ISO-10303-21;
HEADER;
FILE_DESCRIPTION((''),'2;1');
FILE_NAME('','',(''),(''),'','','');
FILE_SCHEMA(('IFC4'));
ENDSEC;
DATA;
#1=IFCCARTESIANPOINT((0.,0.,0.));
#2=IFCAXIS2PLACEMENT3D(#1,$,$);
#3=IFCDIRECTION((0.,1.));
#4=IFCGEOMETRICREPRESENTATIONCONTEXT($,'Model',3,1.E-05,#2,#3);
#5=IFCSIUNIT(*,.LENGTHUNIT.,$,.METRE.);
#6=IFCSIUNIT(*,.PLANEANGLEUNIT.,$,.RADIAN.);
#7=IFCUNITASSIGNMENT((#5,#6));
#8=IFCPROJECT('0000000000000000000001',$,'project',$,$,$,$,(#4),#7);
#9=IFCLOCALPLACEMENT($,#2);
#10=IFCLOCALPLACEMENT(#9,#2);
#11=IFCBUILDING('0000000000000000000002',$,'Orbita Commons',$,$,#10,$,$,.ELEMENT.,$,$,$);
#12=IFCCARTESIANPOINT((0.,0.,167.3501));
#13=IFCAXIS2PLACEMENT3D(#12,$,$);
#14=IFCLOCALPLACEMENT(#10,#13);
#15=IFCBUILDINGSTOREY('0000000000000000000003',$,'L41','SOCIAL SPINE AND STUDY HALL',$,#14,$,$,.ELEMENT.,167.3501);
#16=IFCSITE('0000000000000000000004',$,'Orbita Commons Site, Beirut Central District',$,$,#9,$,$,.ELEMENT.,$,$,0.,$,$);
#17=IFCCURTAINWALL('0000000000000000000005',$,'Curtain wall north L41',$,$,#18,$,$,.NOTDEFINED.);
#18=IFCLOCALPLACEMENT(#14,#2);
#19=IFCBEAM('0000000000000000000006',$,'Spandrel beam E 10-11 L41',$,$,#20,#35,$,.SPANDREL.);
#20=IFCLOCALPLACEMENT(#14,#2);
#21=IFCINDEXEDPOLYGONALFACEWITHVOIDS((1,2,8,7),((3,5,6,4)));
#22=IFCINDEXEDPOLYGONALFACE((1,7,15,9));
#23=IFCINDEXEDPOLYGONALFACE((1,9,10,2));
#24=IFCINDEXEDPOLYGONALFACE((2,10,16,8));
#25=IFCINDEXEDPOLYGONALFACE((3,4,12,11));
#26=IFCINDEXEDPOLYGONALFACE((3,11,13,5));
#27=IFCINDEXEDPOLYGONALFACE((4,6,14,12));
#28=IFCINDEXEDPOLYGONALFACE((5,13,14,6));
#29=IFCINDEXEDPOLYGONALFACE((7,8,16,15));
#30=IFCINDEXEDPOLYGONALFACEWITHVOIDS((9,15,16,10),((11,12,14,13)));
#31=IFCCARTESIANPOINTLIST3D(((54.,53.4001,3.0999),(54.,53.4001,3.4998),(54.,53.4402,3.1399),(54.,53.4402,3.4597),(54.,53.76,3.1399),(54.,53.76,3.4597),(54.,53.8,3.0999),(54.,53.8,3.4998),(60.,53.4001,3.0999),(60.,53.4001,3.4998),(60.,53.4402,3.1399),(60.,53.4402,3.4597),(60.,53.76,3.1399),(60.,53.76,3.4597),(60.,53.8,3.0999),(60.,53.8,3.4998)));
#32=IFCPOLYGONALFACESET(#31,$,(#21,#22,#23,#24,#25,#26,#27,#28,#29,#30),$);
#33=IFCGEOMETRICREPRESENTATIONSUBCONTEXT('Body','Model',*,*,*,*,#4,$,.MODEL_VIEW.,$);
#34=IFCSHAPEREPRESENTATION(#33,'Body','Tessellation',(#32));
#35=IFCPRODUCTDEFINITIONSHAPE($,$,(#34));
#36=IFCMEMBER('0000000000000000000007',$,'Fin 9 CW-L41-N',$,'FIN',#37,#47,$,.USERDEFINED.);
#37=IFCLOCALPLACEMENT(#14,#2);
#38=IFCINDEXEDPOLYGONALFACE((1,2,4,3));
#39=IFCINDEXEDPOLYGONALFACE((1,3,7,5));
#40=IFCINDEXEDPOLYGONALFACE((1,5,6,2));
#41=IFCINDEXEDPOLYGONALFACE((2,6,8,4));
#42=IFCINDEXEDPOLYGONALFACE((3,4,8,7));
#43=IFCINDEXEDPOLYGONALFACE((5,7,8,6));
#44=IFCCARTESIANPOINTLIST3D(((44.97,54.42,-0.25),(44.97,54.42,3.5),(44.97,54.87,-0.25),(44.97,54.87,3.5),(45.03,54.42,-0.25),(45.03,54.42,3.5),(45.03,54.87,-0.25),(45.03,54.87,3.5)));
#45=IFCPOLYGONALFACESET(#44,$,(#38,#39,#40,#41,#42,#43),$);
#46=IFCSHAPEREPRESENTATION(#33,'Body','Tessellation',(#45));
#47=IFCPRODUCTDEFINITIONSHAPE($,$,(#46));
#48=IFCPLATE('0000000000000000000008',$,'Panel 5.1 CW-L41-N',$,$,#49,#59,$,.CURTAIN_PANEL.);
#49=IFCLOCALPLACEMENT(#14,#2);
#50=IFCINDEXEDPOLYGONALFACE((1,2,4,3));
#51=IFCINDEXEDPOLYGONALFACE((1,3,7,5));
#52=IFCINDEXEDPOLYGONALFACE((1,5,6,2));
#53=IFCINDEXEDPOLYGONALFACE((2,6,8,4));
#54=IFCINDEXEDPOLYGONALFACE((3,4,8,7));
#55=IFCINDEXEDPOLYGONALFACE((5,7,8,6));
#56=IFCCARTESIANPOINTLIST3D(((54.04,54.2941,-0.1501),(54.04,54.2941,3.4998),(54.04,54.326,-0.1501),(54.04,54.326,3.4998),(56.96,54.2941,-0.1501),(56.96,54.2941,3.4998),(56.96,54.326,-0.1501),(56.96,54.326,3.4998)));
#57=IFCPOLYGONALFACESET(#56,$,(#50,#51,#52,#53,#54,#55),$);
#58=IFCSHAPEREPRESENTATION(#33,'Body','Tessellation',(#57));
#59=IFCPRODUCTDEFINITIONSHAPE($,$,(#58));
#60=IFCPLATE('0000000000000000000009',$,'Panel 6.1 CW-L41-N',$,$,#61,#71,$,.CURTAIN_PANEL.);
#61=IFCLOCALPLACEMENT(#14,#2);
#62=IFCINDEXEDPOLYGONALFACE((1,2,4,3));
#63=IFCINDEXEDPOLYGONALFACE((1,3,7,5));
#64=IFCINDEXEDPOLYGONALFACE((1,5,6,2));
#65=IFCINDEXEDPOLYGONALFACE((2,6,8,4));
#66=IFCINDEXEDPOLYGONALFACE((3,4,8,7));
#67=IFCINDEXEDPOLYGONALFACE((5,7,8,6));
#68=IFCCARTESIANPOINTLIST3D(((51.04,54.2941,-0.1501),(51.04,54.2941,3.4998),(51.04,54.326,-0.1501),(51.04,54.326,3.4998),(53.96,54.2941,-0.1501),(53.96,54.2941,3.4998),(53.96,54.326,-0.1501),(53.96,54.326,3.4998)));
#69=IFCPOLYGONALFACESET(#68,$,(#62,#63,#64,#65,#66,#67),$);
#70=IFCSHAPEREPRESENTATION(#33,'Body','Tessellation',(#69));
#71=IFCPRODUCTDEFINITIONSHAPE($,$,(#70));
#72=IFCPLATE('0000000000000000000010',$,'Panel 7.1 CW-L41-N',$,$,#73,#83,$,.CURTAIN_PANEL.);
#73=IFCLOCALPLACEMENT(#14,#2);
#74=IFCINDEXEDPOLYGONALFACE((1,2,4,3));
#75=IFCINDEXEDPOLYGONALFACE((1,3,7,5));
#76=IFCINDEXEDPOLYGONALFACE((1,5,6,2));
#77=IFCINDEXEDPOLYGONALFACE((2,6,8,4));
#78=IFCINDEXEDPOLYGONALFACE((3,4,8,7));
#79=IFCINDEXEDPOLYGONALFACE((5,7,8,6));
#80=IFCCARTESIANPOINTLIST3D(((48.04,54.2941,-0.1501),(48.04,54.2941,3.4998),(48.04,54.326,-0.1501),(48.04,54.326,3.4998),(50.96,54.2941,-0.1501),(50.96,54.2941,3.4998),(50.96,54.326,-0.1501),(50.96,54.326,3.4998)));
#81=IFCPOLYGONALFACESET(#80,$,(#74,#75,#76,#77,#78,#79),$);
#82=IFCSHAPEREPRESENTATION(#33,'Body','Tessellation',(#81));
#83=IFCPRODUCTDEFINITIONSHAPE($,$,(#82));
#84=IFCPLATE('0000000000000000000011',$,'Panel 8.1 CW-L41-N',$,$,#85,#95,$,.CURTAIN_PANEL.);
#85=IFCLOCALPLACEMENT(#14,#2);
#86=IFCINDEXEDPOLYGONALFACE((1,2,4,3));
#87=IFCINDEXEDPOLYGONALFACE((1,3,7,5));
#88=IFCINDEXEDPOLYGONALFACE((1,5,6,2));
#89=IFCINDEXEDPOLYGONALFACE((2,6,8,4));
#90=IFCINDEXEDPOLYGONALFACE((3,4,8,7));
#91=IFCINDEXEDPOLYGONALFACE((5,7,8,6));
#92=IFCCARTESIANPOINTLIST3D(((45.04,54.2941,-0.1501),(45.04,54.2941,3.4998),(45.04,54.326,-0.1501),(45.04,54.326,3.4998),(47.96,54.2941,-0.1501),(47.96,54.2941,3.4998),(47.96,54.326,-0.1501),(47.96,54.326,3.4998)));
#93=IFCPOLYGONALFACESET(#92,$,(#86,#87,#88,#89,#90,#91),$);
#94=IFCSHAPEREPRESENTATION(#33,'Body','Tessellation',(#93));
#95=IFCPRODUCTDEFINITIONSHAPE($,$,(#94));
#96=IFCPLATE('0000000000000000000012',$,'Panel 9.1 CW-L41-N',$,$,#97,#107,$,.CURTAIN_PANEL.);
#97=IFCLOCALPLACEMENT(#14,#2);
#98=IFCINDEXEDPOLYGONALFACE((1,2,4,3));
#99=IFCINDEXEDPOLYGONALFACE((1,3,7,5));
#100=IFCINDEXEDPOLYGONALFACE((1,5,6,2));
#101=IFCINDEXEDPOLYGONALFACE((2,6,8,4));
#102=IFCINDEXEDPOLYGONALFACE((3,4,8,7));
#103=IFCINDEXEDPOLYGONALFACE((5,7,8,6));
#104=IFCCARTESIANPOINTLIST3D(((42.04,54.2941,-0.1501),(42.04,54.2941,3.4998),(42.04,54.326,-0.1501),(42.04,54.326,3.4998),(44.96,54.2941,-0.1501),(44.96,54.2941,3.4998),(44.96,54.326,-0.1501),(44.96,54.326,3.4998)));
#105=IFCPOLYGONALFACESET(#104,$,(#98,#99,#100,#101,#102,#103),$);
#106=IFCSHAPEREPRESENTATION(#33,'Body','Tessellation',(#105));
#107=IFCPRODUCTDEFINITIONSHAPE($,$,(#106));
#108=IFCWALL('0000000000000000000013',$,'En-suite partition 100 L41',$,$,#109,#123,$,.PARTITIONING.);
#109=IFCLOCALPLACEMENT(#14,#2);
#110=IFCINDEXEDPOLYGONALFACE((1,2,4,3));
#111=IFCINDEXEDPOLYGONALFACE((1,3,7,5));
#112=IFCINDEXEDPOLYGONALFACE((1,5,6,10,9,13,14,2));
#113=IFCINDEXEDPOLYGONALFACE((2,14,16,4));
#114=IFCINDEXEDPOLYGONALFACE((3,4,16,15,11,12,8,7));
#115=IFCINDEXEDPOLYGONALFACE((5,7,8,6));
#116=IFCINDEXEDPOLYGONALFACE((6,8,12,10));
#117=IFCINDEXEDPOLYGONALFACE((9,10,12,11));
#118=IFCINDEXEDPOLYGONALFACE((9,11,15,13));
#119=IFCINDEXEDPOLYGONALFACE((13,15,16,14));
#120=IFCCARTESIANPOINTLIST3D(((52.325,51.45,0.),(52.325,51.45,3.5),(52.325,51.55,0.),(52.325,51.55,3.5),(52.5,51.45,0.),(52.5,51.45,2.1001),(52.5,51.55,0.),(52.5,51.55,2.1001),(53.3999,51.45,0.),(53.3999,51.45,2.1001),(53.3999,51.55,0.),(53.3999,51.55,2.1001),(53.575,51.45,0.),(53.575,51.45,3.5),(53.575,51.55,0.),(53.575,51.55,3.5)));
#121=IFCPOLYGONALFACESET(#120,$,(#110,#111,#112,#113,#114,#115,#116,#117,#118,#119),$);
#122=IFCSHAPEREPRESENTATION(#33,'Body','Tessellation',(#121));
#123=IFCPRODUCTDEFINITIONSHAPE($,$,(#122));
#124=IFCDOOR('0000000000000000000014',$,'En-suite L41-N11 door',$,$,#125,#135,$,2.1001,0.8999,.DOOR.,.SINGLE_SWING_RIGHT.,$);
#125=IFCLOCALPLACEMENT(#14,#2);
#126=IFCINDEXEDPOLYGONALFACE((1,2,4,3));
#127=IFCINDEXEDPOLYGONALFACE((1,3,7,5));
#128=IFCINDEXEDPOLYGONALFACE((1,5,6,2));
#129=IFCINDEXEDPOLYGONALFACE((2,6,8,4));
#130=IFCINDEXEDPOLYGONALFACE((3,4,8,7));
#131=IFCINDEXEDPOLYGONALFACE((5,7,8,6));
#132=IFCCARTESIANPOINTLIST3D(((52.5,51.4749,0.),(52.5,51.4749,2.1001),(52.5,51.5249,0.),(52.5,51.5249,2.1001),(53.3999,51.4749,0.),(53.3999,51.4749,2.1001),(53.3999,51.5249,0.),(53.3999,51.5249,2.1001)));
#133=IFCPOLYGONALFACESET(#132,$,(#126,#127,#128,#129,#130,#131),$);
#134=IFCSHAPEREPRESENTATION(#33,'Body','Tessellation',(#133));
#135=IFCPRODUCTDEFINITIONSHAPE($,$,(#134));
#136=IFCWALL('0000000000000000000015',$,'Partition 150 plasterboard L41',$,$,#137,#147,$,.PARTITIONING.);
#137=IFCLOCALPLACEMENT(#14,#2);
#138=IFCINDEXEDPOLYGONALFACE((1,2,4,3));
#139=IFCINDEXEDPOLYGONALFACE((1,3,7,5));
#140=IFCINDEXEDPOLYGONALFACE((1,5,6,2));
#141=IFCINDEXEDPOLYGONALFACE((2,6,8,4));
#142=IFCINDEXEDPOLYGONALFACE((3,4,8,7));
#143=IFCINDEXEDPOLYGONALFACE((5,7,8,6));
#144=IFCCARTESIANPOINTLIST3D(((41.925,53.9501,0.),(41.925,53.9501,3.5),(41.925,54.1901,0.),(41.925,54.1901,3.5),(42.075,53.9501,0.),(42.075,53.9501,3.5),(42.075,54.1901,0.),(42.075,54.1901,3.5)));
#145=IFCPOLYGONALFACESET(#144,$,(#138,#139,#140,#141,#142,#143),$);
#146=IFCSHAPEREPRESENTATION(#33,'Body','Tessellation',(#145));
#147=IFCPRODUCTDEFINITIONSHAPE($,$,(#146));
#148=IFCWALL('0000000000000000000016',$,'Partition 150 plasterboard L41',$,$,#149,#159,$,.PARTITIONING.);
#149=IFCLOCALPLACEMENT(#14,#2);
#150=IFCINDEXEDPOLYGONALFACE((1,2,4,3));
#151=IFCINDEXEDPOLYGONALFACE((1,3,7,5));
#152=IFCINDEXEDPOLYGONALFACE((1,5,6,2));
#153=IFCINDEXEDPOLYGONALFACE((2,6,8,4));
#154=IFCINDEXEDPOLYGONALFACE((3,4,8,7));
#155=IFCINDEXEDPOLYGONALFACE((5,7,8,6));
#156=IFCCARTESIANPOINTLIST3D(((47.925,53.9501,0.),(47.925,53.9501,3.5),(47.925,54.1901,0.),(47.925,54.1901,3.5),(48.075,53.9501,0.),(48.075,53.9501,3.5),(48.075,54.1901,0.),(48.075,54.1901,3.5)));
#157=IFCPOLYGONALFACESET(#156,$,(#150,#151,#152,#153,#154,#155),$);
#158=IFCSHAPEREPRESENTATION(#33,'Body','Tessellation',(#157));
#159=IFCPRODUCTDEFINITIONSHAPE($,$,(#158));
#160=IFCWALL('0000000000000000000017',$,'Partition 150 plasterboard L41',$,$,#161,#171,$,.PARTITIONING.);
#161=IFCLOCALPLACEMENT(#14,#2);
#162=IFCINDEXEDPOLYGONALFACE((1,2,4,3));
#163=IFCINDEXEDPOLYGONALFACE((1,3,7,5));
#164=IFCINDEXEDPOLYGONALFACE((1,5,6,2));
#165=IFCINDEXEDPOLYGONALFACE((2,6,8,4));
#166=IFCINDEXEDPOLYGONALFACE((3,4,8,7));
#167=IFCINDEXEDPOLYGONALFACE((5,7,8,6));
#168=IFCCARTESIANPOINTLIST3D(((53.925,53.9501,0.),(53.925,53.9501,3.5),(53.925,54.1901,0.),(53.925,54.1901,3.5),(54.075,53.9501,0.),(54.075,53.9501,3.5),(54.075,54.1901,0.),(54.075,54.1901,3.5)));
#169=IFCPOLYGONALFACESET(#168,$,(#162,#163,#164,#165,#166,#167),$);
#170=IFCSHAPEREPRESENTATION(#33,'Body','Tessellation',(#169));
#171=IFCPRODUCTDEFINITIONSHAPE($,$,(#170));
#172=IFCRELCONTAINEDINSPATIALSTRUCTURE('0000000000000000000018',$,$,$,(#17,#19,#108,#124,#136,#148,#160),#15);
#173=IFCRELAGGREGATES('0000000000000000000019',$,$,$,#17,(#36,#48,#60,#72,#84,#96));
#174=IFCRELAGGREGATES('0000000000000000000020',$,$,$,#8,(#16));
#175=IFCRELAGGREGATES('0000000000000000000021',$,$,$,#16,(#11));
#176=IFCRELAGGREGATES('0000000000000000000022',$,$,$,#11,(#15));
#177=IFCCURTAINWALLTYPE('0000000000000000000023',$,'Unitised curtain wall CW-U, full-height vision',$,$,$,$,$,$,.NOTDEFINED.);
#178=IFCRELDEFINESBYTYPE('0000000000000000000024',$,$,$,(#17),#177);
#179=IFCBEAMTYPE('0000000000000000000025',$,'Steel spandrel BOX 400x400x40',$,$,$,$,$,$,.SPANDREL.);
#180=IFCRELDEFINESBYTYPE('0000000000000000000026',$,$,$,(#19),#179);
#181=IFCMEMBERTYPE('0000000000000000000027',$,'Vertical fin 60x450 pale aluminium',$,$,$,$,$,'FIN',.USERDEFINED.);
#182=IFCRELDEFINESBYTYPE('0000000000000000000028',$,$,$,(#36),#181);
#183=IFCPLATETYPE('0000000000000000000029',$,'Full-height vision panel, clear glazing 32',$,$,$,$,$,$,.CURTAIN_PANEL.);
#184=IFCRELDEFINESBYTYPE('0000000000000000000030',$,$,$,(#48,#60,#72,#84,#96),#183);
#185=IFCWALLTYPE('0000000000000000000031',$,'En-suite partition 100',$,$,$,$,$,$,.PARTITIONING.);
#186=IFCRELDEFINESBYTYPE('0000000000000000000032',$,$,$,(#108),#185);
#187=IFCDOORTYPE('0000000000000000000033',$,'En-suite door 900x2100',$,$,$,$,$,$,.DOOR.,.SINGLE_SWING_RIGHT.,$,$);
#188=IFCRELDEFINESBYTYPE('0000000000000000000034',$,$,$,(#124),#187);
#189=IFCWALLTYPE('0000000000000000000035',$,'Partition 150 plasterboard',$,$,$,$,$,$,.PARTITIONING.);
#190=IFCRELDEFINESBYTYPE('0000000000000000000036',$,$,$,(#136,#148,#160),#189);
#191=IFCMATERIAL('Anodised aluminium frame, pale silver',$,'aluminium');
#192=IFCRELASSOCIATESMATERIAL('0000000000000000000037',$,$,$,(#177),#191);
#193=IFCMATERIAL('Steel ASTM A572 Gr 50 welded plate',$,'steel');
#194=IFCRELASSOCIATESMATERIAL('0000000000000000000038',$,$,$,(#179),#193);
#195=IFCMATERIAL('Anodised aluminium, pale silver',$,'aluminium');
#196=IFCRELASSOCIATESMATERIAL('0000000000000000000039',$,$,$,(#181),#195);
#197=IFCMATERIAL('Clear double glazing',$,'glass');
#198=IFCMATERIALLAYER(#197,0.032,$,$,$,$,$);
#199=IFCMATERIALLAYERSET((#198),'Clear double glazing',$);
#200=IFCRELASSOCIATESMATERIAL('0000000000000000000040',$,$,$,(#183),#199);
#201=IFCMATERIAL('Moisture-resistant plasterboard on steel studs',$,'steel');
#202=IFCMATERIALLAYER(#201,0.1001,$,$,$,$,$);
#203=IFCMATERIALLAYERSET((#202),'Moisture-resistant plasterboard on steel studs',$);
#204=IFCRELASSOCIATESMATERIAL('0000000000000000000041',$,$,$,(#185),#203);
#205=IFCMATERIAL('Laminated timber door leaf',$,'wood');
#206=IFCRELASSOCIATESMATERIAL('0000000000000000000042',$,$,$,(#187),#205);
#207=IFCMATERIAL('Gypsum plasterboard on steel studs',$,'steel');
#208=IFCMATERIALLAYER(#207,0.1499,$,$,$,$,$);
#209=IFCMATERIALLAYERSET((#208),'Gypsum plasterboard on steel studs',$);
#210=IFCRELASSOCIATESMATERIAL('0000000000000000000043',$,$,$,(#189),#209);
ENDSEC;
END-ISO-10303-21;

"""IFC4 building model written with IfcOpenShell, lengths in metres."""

from ifc_helpers import new_model, si_unit, direction, frame, frame_2d, origin, origin_2d, place, context, subcontext, project, spatial, rectangle, hollow_rectangle, extrude, material, layer, layer_set, material_profile, profile_set, type_object, element, fill, aggregate, save


model = new_model("IFC4")

# Units and contexts
model_context = context("Model", 3, precision=1e-05, world=origin(), true_north=direction((0.0, 1.0)))
body_context = subcontext(model_context, "Body", "Model", "MODEL_VIEW")
ifc_project = project(units=[si_unit("LENGTHUNIT", "METRE"), si_unit("PLANEANGLEUNIT", "RADIAN")], contexts=[model_context])

# Site, building, storey
site_placement = place(None, origin())
site = spatial("IfcSite", under=ifc_project, at=site_placement, Name="Orbita Commons Site, Beirut Central District", CompositionType="ELEMENT", RefElevation=0.0)
building_placement = place(site_placement, origin())
building = spatial("IfcBuilding", under=site, at=building_placement, Name="Orbita Commons", CompositionType="ELEMENT")
storey_placement = place(building_placement, frame((0.0, 0.0, 167.3501)))
storey = spatial("IfcBuildingStorey", under=building, at=storey_placement, Name="L41", Description="SOCIAL SPINE AND STUDY HALL", CompositionType="ELEMENT", Elevation=167.3501)

# Curtain wall
ifc_material_1 = material(Name="Anodised aluminium frame, pale silver", Category="aluminium")
curtain_wall_type = type_object("IfcCurtainWallType", Name="Unitised curtain wall CW-U, full-height vision", PredefinedType="NOTDEFINED", material=ifc_material_1)
curtain_wall_placement = place(storey_placement, origin())
curtain_wall = element("IfcCurtainWall", 1, at=curtain_wall_placement, inside=storey, type_object=curtain_wall_type, Name="Curtain wall north L41", PredefinedType="NOTDEFINED")

# Beam
ifc_material_2 = material(Name="Steel ASTM A572 Gr 50 welded plate", Category="steel")
ifc_material_profile_1 = material_profile(ifc_material_2, hollow_rectangle(XDim=0.3999, YDim=0.3999, WallThickness=0.04, at=origin_2d()), Name="BOX 400x400x40")
ifc_profile_set_1 = profile_set([ifc_material_profile_1], Name="Steel ASTM A572 Gr 50 welded plate")
beam_type = type_object("IfcBeamType", Name="Steel spandrel BOX 400x400x40", PredefinedType="SPANDREL", material=ifc_profile_set_1)
for number, where, z_axis, x_axis, name in (
    (2, (54.0, 53.6001, 3.2998), (1.0, 0.0, 0.0), (0.0, 1.0, 0.0), "Spandrel beam E 10-11 L41"),
):
    element("IfcBeam", number, at=place(storey_placement, frame(where, z_axis=z_axis, x_axis=x_axis)), inside=storey, type_object=beam_type, Name=name, PredefinedType="SPANDREL", context=body_context, shape_type="SweptSolid", body=[
        extrude(hollow_rectangle(XDim=0.3999, YDim=0.3999, WallThickness=0.04, at=origin_2d()), origin(), (0.0, 0.0, 1.0), 6.0),
    ])

# Member
ifc_material_3 = material(Name="Anodised aluminium, pale silver", Category="aluminium")
ifc_material_profile_2 = material_profile(ifc_material_3, rectangle(XDim=0.0601, YDim=0.45, at=origin_2d()), Name="FIN 60x450")
ifc_profile_set_2 = profile_set([ifc_material_profile_2], Name="Anodised aluminium, pale silver")
member_type_1 = type_object("IfcMemberType", Name="Vertical fin 60x450 pale aluminium", ElementType="FIN", PredefinedType="USERDEFINED", material=ifc_profile_set_2)
member_1_placement = place(storey_placement, frame((45.0, 54.645, -0.25), z_axis=(0.0, 0.0, 1.0), x_axis=(-1.0, 0.0, 0.0)))
member_1 = element("IfcMember", 3, at=member_1_placement, type_object=member_type_1, Name="Fin 9 CW-L41-N", ObjectType="FIN", PredefinedType="USERDEFINED", context=body_context, shape_type="SweptSolid", body=[
    extrude(rectangle(XDim=0.0601, YDim=0.45, at=origin_2d()), origin(), (0.0, 0.0, 1.0), 3.75),
])

# Plates
ifc_material_4 = material(Name="Clear double glazing", Category="glass")
ifc_layer_1 = layer(ifc_material_4, 0.032)
ifc_layer_set_1 = layer_set([ifc_layer_1], Name="Clear double glazing")
plate_type = type_object("IfcPlateType", Name="Full-height vision panel, clear glazing 32", PredefinedType="CURTAIN_PANEL", material=ifc_layer_set_1)
plate_1_placement = place(storey_placement, frame((55.5, 54.3101, -0.1501), z_axis=(0.0, 0.0, 1.0), x_axis=(-1.0, 0.0, 0.0)))
plate_1 = element("IfcPlate", 4, at=plate_1_placement, type_object=plate_type, Name="Panel 5.1 CW-L41-N", PredefinedType="CURTAIN_PANEL", context=body_context, shape_type="SweptSolid", body=[
    extrude(rectangle(XDim=2.9199, YDim=0.032, at=origin_2d()), origin(), (0.0, 0.0, 1.0), 3.6499),
])
plate_2_placement = place(storey_placement, frame((52.5, 54.3101, -0.1501), z_axis=(0.0, 0.0, 1.0), x_axis=(-1.0, 0.0, 0.0)))
plate_2 = element("IfcPlate", 5, at=plate_2_placement, type_object=plate_type, Name="Panel 6.1 CW-L41-N", PredefinedType="CURTAIN_PANEL", context=body_context, shape_type="SweptSolid", body=[
    extrude(rectangle(XDim=2.9199, YDim=0.032, at=origin_2d()), origin(), (0.0, 0.0, 1.0), 3.6499),
])
plate_3_placement = place(storey_placement, frame((49.5, 54.3101, -0.1501), z_axis=(0.0, 0.0, 1.0), x_axis=(-1.0, 0.0, 0.0)))
plate_3 = element("IfcPlate", 6, at=plate_3_placement, type_object=plate_type, Name="Panel 7.1 CW-L41-N", PredefinedType="CURTAIN_PANEL", context=body_context, shape_type="SweptSolid", body=[
    extrude(rectangle(XDim=2.9199, YDim=0.032, at=origin_2d()), origin(), (0.0, 0.0, 1.0), 3.6499),
])
plate_4_placement = place(storey_placement, frame((46.5, 54.3101, -0.1501), z_axis=(0.0, 0.0, 1.0), x_axis=(-1.0, 0.0, 0.0)))
plate_4 = element("IfcPlate", 7, at=plate_4_placement, type_object=plate_type, Name="Panel 8.1 CW-L41-N", PredefinedType="CURTAIN_PANEL", context=body_context, shape_type="SweptSolid", body=[
    extrude(rectangle(XDim=2.9199, YDim=0.032, at=origin_2d()), origin(), (0.0, 0.0, 1.0), 3.6499),
])
plate_5_placement = place(storey_placement, frame((43.5, 54.3101, -0.1501), z_axis=(0.0, 0.0, 1.0), x_axis=(-1.0, 0.0, 0.0)))
plate_5 = element("IfcPlate", 8, at=plate_5_placement, type_object=plate_type, Name="Panel 9.1 CW-L41-N", PredefinedType="CURTAIN_PANEL", context=body_context, shape_type="SweptSolid", body=[
    extrude(rectangle(XDim=2.9199, YDim=0.032, at=origin_2d()), origin(), (0.0, 0.0, 1.0), 3.6499),
])
aggregate(curtain_wall, [member_1, plate_1, plate_2, plate_3, plate_4, plate_5])

# Wall, opening, door
ifc_material_5 = material(Name="Moisture-resistant plasterboard on steel studs", Category="steel")
ifc_layer_2 = layer(ifc_material_5, 0.1001)
ifc_layer_set_2 = layer_set([ifc_layer_2], Name="Moisture-resistant plasterboard on steel studs")
wall_type_1 = type_object("IfcWallType", Name="En-suite partition 100", PredefinedType="PARTITIONING", material=ifc_layer_set_2)
wall_1_placement = place(storey_placement, frame((52.325, 51.5, 0.0), z_axis=(0.0, 0.0, 1.0), x_axis=(1.0, 0.0, 0.0)))
wall_1 = element("IfcWall", 9, at=wall_1_placement, inside=storey, type_object=wall_type_1, Name="En-suite partition 100 L41", PredefinedType="PARTITIONING", context=body_context, shape_type="SweptSolid", body=[
    extrude(rectangle(XDim=1.25, YDim=0.1001, at=frame_2d((0.625, 0.0))), origin(), (0.0, 0.0, 1.0), 3.5),
])
opening_placement = place(wall_1_placement, frame((0.175, 0.0, 0.0)))
opening = element("IfcOpeningElement", 10, at=opening_placement, cuts=wall_1, PredefinedType="OPENING", context=body_context, shape_type="SweptSolid", body=[
    extrude(rectangle(XDim=0.8999, YDim=2.1001, at=frame_2d((0.45, 1.05))), frame((0.0, 0.0601, 0.0), z_axis=(0.0, -1.0, 0.0), x_axis=(1.0, 0.0, 0.0)), (0.0, 0.0, 1.0), 0.1201),
])
ifc_material_6 = material(Name="Laminated timber door leaf", Category="wood")
door_type = type_object("IfcDoorType", Name="En-suite door 900x2100", OperationType="SINGLE_SWING_RIGHT", PredefinedType="DOOR", material=ifc_material_6)
door_placement = place(opening_placement, origin())
door = element("IfcDoor", 11, at=door_placement, inside=storey, type_object=door_type, Name="En-suite L41-N11 door", OperationType="SINGLE_SWING_RIGHT", OverallHeight=2.1001, OverallWidth=0.8999, PredefinedType="DOOR", context=body_context, shape_type="SweptSolid", body=[
    extrude(rectangle(XDim=0.8999, YDim=2.1001, at=frame_2d((0.45, 1.05))), frame((0.0, 0.0249, 0.0), z_axis=(0.0, -1.0, 0.0), x_axis=(1.0, 0.0, 0.0)), (0.0, 0.0, 1.0), 0.05),
])
fill(opening, door)

# Walls
ifc_material_7 = material(Name="Gypsum plasterboard on steel studs", Category="steel")
ifc_layer_3 = layer(ifc_material_7, 0.1499)
ifc_layer_set_3 = layer_set([ifc_layer_3], Name="Gypsum plasterboard on steel studs")
wall_type_2 = type_object("IfcWallType", Name="Partition 150 plasterboard", PredefinedType="PARTITIONING", material=ifc_layer_set_3)
for number, where, z_axis, x_axis, name in (
    (12, (42.0, 53.95, 0.0), (0.0, 0.0, 1.0), (0.0, 1.0, 0.0), "Partition 150 plasterboard L41"),
    (13, (48.0, 53.95, 0.0), (0.0, 0.0, 1.0), (0.0, 1.0, 0.0), "Partition 150 plasterboard L41"),
    (14, (54.0, 53.95, 0.0), (0.0, 0.0, 1.0), (0.0, 1.0, 0.0), "Partition 150 plasterboard L41"),
):
    element("IfcWall", number, at=place(storey_placement, frame(where, z_axis=z_axis, x_axis=x_axis)), inside=storey, type_object=wall_type_2, Name=name, PredefinedType="PARTITIONING", context=body_context, shape_type="SweptSolid", body=[
        extrude(rectangle(XDim=0.24, YDim=0.1499, at=frame_2d((0.1201, 0.0))), origin(), (0.0, 0.0, 1.0), 3.5),
    ])

save(model, "model.ifc")
